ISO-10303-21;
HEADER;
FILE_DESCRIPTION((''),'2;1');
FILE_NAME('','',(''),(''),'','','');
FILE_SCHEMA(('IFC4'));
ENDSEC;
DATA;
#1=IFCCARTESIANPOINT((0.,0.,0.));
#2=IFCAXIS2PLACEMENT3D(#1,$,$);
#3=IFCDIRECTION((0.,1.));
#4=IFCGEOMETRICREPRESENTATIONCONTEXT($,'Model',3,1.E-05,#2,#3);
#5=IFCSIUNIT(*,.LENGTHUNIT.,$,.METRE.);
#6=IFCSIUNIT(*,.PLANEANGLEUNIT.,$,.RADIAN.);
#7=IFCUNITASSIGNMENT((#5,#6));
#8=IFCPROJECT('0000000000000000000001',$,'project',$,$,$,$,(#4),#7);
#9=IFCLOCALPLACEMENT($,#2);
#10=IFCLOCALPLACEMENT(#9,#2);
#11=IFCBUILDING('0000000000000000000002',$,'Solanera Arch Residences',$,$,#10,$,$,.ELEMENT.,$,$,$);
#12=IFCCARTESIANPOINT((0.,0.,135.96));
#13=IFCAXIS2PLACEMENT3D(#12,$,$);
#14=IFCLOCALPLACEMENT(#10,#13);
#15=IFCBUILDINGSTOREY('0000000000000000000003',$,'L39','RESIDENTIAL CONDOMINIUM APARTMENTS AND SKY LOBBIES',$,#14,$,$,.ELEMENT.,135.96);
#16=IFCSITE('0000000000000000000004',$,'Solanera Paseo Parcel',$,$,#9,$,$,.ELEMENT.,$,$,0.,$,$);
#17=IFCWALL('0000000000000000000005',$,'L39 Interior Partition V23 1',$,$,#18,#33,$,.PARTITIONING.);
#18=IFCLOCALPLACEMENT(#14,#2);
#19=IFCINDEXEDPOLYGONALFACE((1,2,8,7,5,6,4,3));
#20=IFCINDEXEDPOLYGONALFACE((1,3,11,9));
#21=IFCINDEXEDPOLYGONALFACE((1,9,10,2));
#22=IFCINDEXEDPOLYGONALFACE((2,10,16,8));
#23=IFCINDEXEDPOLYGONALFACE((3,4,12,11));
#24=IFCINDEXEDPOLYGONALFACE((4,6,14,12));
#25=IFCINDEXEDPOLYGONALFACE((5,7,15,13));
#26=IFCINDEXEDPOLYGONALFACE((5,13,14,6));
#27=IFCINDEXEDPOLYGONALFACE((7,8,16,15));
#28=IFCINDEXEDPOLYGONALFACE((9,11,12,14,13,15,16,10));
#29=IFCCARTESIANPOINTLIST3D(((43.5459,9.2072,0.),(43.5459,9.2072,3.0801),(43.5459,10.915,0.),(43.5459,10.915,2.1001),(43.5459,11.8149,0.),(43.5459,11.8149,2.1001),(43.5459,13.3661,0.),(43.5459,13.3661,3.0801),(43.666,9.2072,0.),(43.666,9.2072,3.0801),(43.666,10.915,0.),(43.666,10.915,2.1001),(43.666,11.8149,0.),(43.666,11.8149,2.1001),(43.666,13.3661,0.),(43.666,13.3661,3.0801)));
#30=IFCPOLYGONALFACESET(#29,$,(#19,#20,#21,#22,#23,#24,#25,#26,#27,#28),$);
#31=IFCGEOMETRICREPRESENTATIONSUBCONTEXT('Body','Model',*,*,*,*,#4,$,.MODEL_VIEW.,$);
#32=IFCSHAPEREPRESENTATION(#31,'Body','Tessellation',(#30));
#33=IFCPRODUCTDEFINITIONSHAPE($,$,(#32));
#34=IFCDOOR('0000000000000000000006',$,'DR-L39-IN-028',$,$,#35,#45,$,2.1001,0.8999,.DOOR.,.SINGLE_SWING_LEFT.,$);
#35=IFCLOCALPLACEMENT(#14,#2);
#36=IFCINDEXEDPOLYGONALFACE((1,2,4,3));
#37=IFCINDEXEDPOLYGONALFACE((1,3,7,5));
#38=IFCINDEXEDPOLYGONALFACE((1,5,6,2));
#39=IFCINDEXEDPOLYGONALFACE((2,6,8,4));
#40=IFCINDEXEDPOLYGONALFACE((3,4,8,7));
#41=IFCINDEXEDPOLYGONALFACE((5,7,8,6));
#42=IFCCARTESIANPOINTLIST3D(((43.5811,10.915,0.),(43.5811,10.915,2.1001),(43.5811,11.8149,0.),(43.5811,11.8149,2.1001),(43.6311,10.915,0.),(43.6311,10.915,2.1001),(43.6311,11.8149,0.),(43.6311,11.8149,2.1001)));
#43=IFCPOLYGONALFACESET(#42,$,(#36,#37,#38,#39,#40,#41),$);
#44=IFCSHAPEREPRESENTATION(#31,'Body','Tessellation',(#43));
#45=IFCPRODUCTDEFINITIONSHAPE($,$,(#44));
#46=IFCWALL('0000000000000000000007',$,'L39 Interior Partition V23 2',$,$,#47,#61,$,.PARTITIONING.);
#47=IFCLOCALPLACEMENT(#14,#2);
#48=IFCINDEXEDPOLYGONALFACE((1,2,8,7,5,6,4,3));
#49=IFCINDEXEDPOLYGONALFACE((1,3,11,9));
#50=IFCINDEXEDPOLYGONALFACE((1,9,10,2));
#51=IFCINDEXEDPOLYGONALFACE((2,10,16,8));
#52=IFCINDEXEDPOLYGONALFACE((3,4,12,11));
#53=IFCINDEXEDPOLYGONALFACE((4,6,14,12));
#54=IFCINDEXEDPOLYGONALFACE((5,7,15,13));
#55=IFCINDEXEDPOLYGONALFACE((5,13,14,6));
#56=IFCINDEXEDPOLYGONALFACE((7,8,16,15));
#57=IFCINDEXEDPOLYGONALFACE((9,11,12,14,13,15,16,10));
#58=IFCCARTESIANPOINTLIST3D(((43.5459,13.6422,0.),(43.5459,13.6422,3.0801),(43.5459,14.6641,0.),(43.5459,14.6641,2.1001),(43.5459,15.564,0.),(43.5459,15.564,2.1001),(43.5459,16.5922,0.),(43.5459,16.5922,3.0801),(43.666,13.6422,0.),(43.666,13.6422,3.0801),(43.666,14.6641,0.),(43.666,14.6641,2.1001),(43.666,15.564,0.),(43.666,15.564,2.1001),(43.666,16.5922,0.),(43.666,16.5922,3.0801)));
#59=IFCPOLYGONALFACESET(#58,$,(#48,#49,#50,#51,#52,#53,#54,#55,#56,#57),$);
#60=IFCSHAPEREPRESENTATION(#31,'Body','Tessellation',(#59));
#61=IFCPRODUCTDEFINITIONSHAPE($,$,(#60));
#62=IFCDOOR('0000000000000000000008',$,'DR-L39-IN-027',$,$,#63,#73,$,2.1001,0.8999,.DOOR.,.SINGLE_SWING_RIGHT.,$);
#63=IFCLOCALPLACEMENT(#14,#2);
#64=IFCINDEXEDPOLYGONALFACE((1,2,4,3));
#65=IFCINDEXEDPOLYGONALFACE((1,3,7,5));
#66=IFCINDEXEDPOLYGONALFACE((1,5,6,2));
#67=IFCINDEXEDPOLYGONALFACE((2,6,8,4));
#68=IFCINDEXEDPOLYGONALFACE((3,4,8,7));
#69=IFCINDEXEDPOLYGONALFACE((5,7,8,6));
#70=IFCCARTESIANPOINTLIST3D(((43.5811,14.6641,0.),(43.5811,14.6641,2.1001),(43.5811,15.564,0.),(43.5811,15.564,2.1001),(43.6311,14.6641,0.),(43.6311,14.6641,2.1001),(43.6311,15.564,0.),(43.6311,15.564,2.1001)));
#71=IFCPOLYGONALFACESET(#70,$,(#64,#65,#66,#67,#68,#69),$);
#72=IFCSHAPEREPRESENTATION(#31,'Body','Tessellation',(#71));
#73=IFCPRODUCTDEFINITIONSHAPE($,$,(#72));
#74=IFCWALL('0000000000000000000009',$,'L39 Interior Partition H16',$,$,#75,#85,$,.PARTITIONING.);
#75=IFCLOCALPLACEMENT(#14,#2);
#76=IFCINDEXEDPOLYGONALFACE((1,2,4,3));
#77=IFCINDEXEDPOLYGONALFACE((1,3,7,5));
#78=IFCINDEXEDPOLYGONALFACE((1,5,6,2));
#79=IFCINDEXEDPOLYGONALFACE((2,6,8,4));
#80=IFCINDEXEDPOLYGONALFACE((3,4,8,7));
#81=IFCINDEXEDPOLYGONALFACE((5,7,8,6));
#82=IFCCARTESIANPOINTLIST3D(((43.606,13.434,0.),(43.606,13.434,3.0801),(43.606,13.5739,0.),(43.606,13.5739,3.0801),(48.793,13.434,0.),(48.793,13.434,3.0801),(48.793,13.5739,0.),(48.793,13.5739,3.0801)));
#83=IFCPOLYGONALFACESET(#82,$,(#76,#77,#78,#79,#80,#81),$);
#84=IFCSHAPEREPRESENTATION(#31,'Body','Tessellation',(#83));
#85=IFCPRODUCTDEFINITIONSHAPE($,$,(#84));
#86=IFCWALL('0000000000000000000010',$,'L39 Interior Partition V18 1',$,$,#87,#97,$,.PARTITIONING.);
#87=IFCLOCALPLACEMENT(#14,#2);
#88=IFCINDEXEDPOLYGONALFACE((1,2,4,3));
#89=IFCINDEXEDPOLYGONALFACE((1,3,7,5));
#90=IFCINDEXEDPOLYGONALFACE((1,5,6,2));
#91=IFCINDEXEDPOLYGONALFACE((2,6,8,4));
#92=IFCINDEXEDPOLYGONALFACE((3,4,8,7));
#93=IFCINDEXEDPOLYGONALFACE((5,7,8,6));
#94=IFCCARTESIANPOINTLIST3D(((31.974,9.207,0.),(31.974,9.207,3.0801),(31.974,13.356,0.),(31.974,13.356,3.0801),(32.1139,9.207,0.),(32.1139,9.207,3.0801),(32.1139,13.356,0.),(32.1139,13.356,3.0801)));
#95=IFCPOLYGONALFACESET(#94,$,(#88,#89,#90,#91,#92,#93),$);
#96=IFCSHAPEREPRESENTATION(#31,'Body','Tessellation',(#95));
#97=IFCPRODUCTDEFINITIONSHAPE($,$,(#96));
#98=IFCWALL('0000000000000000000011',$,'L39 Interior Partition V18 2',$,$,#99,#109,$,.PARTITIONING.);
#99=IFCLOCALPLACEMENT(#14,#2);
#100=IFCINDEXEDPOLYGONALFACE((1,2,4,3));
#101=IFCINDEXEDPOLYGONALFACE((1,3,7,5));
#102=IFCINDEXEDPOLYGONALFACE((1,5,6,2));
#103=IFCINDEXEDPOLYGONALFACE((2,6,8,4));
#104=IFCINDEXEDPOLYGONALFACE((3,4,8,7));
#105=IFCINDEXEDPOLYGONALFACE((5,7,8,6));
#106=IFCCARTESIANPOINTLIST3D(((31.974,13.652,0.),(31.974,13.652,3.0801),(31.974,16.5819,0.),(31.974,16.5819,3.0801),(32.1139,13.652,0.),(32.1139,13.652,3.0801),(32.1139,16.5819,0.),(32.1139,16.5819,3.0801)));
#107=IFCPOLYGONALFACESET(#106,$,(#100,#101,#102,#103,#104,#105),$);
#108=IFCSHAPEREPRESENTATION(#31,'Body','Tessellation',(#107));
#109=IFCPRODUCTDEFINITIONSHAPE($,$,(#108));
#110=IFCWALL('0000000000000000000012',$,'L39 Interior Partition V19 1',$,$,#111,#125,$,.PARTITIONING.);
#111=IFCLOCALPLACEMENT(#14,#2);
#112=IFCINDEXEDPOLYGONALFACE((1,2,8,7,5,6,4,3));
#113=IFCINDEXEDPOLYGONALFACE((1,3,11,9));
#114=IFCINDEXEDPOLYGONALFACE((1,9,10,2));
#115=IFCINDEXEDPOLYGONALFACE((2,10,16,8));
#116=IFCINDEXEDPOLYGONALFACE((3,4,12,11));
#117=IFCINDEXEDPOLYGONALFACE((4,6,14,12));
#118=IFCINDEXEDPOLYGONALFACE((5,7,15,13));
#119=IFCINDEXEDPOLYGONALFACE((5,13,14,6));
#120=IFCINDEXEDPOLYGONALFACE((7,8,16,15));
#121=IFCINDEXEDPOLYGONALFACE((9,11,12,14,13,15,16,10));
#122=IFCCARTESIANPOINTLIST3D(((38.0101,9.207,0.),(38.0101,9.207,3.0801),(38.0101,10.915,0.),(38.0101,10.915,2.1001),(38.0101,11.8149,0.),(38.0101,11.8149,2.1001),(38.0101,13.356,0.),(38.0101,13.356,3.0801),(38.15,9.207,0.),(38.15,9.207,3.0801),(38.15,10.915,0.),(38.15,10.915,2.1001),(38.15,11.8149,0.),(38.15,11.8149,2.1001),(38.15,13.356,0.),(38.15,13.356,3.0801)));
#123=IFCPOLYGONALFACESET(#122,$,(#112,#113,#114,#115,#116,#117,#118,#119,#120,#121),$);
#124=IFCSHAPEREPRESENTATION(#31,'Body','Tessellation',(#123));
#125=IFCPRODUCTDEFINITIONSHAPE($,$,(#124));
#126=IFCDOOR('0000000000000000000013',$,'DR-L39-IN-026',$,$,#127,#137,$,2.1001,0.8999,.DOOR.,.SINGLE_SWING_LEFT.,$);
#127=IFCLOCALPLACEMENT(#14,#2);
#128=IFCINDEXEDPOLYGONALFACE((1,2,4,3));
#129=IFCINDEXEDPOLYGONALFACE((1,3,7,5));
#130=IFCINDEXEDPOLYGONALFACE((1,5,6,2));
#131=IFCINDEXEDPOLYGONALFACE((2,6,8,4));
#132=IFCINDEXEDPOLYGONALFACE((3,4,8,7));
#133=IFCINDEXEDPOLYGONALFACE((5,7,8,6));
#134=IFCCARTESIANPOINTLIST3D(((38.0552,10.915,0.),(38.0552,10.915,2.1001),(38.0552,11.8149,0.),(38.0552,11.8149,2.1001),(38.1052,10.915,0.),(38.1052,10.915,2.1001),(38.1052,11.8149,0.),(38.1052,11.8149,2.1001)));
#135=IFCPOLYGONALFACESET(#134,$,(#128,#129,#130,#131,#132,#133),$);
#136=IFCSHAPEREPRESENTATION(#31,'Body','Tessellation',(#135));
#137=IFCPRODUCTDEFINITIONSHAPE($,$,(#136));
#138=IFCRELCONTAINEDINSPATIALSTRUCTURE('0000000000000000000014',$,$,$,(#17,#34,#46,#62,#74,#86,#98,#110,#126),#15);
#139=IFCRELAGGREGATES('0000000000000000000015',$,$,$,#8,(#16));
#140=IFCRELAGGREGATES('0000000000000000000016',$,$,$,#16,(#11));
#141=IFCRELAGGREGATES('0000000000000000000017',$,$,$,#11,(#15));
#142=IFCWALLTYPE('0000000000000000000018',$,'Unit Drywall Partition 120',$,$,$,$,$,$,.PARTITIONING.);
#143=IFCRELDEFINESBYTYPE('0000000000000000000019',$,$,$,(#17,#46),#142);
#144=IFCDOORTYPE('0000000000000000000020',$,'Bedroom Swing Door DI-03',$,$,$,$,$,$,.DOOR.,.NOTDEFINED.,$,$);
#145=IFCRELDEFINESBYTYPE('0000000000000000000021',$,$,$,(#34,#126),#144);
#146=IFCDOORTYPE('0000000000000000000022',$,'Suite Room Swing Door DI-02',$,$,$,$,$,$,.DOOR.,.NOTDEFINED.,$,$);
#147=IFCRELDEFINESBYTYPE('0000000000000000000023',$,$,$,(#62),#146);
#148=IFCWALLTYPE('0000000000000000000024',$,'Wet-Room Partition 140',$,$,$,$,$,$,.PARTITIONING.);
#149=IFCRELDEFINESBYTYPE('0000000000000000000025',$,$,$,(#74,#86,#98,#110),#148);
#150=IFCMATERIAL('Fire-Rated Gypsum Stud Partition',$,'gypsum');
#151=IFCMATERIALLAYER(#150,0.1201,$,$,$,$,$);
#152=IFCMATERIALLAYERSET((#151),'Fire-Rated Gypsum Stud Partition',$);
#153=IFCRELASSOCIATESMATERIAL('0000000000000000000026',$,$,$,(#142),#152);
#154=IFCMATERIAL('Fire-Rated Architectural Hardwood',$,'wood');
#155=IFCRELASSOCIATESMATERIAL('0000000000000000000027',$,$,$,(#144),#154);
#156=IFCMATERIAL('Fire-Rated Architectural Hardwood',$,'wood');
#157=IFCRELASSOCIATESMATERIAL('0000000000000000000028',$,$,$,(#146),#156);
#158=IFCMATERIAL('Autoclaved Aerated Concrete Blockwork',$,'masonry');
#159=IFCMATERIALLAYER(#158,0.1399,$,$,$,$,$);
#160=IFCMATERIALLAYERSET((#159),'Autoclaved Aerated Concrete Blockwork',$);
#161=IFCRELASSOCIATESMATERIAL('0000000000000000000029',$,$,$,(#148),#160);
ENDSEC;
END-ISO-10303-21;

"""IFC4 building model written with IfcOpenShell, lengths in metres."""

from ifc_helpers import new_model, si_unit, direction, frame, frame_2d, origin, place, context, subcontext, project, spatial, rectangle, extrude, material, layer, layer_set, type_object, element, fill, save


model = new_model("IFC4")

# Units and contexts
model_context = context("Model", 3, precision=1e-05, world=origin(), true_north=direction((0.0, 1.0)))
body_context = subcontext(model_context, "Body", "Model", "MODEL_VIEW")
ifc_project = project(units=[si_unit("LENGTHUNIT", "METRE"), si_unit("PLANEANGLEUNIT", "RADIAN")], contexts=[model_context])

# Site, building, storey
site_placement = place(None, origin())
site = spatial("IfcSite", under=ifc_project, at=site_placement, Name="Solanera Paseo Parcel", CompositionType="ELEMENT", RefElevation=0.0)
building_placement = place(site_placement, origin())
building = spatial("IfcBuilding", under=site, at=building_placement, Name="Solanera Arch Residences", CompositionType="ELEMENT")
storey_placement = place(building_placement, frame((0.0, 0.0, 135.96)))
storey = spatial("IfcBuildingStorey", under=building, at=storey_placement, Name="L39", Description="RESIDENTIAL CONDOMINIUM APARTMENTS AND SKY LOBBIES", CompositionType="ELEMENT", Elevation=135.96)

# Shared definitions
ifc_material_1 = material(Name="Fire-Rated Gypsum Stud Partition", Category="gypsum")
ifc_layer_1 = layer(ifc_material_1, 0.1201)
ifc_layer_set_1 = layer_set([ifc_layer_1], Name="Fire-Rated Gypsum Stud Partition")
wall_type_1 = type_object("IfcWallType", Name="Unit Drywall Partition 120", PredefinedType="PARTITIONING", material=ifc_layer_set_1)

# Walls, openings, doors
wall_1_placement = place(storey_placement, frame((43.606, 9.207, 0.0), z_axis=(0.0, 0.0, 1.0), x_axis=(0.0, 1.0, 0.0)))
wall_1 = element("IfcWall", 1, at=wall_1_placement, inside=storey, type_object=wall_type_1, Name="L39 Interior Partition V23 1", PredefinedType="PARTITIONING", context=body_context, shape_type="SweptSolid", body=[
    extrude(rectangle(XDim=4.1589, YDim=0.1201, at=frame_2d((2.0796, 0.0))), origin(), (0.0, 0.0, 1.0), 3.0801),
])
opening_1_placement = place(wall_1_placement, frame((1.708, 0.0, 0.0)))
opening_1 = element("IfcOpeningElement", 2, at=opening_1_placement, cuts=wall_1, PredefinedType="OPENING", context=body_context, shape_type="SweptSolid", body=[
    extrude(rectangle(XDim=0.8999, YDim=2.1001, at=frame_2d((0.45, 1.05))), frame((0.0, 0.0701, 0.0), z_axis=(0.0, -1.0, 0.0), x_axis=(1.0, 0.0, 0.0)), (0.0, 0.0, 1.0), 0.1401),
])
ifc_material_2 = material(Name="Fire-Rated Architectural Hardwood", Category="wood")
door_type_1 = type_object("IfcDoorType", Name="Bedroom Swing Door DI-03", OperationType="NOTDEFINED", PredefinedType="DOOR", material=ifc_material_2)
door_1_placement = place(opening_1_placement, origin())
door_1 = element("IfcDoor", 3, at=door_1_placement, inside=storey, type_object=door_type_1, Name="DR-L39-IN-028", OperationType="SINGLE_SWING_LEFT", OverallHeight=2.1001, OverallWidth=0.8999, PredefinedType="DOOR", context=body_context, shape_type="SweptSolid", body=[
    extrude(rectangle(XDim=0.8999, YDim=2.1001, at=frame_2d((0.45, 1.05))), frame((0.0, 0.0249, 0.0), z_axis=(0.0, -1.0, 0.0), x_axis=(1.0, 0.0, 0.0)), (0.0, 0.0, 1.0), 0.05),
])
fill(opening_1, door_1)
wall_2_placement = place(storey_placement, frame((43.606, 13.6421, 0.0), z_axis=(0.0, 0.0, 1.0), x_axis=(0.0, 1.0, 0.0)))
wall_2 = element("IfcWall", 4, at=wall_2_placement, inside=storey, type_object=wall_type_1, Name="L39 Interior Partition V23 2", PredefinedType="PARTITIONING", context=body_context, shape_type="SweptSolid", body=[
    extrude(rectangle(XDim=2.95, YDim=0.1201, at=frame_2d((1.4751, 0.0))), origin(), (0.0, 0.0, 1.0), 3.0801),
])
opening_2_placement = place(wall_2_placement, frame((1.022, 0.0, 0.0)))
opening_2 = element("IfcOpeningElement", 5, at=opening_2_placement, cuts=wall_2, PredefinedType="OPENING", context=body_context, shape_type="SweptSolid", body=[
    extrude(rectangle(XDim=0.8999, YDim=2.1001, at=frame_2d((0.45, 1.05))), frame((0.0, 0.0701, 0.0), z_axis=(0.0, -1.0, 0.0), x_axis=(1.0, 0.0, 0.0)), (0.0, 0.0, 1.0), 0.1401),
])
ifc_material_3 = material(Name="Fire-Rated Architectural Hardwood", Category="wood")
door_type_2 = type_object("IfcDoorType", Name="Suite Room Swing Door DI-02", OperationType="NOTDEFINED", PredefinedType="DOOR", material=ifc_material_3)
door_2_placement = place(opening_2_placement, origin())
door_2 = element("IfcDoor", 6, at=door_2_placement, inside=storey, type_object=door_type_2, Name="DR-L39-IN-027", OperationType="SINGLE_SWING_RIGHT", OverallHeight=2.1001, OverallWidth=0.8999, PredefinedType="DOOR", context=body_context, shape_type="SweptSolid", body=[
    extrude(rectangle(XDim=0.8999, YDim=2.1001, at=frame_2d((0.45, 1.05))), frame((0.0, 0.0249, 0.0), z_axis=(0.0, -1.0, 0.0), x_axis=(1.0, 0.0, 0.0)), (0.0, 0.0, 1.0), 0.05),
])
fill(opening_2, door_2)

# Walls
ifc_material_4 = material(Name="Autoclaved Aerated Concrete Blockwork", Category="masonry")
ifc_layer_2 = layer(ifc_material_4, 0.1399)
ifc_layer_set_2 = layer_set([ifc_layer_2], Name="Autoclaved Aerated Concrete Blockwork")
wall_type_2 = type_object("IfcWallType", Name="Wet-Room Partition 140", PredefinedType="PARTITIONING", material=ifc_layer_set_2)
wall_3_placement = place(storey_placement, frame((43.606, 13.5039, 0.0), z_axis=(0.0, 0.0, 1.0), x_axis=(1.0, 0.0, 0.0)))
element("IfcWall", 7, at=wall_3_placement, inside=storey, type_object=wall_type_2, Name="L39 Interior Partition H16", PredefinedType="PARTITIONING", context=body_context, shape_type="SweptSolid", body=[
    extrude(rectangle(XDim=5.187, YDim=0.1399, at=frame_2d((2.5935, 0.0))), origin(), (0.0, 0.0, 1.0), 3.0801),
])
wall_4_placement = place(storey_placement, frame((32.0439, 9.207, 0.0), z_axis=(0.0, 0.0, 1.0), x_axis=(0.0, 1.0, 0.0)))
element("IfcWall", 8, at=wall_4_placement, inside=storey, type_object=wall_type_2, Name="L39 Interior Partition V18 1", PredefinedType="PARTITIONING", context=body_context, shape_type="SweptSolid", body=[
    extrude(rectangle(XDim=4.1489, YDim=0.1399, at=frame_2d((2.0745, 0.0))), origin(), (0.0, 0.0, 1.0), 3.0801),
])
wall_5_placement = place(storey_placement, frame((32.0439, 13.6521, 0.0), z_axis=(0.0, 0.0, 1.0), x_axis=(0.0, 1.0, 0.0)))
element("IfcWall", 9, at=wall_5_placement, inside=storey, type_object=wall_type_2, Name="L39 Interior Partition V18 2", PredefinedType="PARTITIONING", context=body_context, shape_type="SweptSolid", body=[
    extrude(rectangle(XDim=2.9299, YDim=0.1399, at=frame_2d((1.4648, 0.0))), origin(), (0.0, 0.0, 1.0), 3.0801),
])

# Wall, opening, door
wall_6_placement = place(storey_placement, frame((38.0801, 9.207, 0.0), z_axis=(0.0, 0.0, 1.0), x_axis=(0.0, 1.0, 0.0)))
wall_6 = element("IfcWall", 10, at=wall_6_placement, inside=storey, type_object=wall_type_2, Name="L39 Interior Partition V19 1", PredefinedType="PARTITIONING", context=body_context, shape_type="SweptSolid", body=[
    extrude(rectangle(XDim=4.1489, YDim=0.1399, at=frame_2d((2.0745, 0.0))), origin(), (0.0, 0.0, 1.0), 3.0801),
])
opening_3_placement = place(wall_6_placement, frame((1.708, 0.0, 0.0)))
opening_3 = element("IfcOpeningElement", 11, at=opening_3_placement, cuts=wall_6, PredefinedType="OPENING", context=body_context, shape_type="SweptSolid", body=[
    extrude(rectangle(XDim=0.8999, YDim=2.1001, at=frame_2d((0.45, 1.05))), frame((0.0, 0.0798, 0.0), z_axis=(0.0, -1.0, 0.0), x_axis=(1.0, 0.0, 0.0)), (0.0, 0.0, 1.0), 0.1599),
])
door_3_placement = place(opening_3_placement, origin())
door_3 = element("IfcDoor", 12, at=door_3_placement, inside=storey, type_object=door_type_1, Name="DR-L39-IN-026", OperationType="SINGLE_SWING_LEFT", OverallHeight=2.1001, OverallWidth=0.8999, PredefinedType="DOOR", context=body_context, shape_type="SweptSolid", body=[
    extrude(rectangle(XDim=0.8999, YDim=2.1001, at=frame_2d((0.45, 1.05))), frame((0.0, 0.0249, 0.0), z_axis=(0.0, -1.0, 0.0), x_axis=(1.0, 0.0, 0.0)), (0.0, 0.0, 1.0), 0.05),
])
fill(opening_3, door_3)

save(model, "model.ifc")
